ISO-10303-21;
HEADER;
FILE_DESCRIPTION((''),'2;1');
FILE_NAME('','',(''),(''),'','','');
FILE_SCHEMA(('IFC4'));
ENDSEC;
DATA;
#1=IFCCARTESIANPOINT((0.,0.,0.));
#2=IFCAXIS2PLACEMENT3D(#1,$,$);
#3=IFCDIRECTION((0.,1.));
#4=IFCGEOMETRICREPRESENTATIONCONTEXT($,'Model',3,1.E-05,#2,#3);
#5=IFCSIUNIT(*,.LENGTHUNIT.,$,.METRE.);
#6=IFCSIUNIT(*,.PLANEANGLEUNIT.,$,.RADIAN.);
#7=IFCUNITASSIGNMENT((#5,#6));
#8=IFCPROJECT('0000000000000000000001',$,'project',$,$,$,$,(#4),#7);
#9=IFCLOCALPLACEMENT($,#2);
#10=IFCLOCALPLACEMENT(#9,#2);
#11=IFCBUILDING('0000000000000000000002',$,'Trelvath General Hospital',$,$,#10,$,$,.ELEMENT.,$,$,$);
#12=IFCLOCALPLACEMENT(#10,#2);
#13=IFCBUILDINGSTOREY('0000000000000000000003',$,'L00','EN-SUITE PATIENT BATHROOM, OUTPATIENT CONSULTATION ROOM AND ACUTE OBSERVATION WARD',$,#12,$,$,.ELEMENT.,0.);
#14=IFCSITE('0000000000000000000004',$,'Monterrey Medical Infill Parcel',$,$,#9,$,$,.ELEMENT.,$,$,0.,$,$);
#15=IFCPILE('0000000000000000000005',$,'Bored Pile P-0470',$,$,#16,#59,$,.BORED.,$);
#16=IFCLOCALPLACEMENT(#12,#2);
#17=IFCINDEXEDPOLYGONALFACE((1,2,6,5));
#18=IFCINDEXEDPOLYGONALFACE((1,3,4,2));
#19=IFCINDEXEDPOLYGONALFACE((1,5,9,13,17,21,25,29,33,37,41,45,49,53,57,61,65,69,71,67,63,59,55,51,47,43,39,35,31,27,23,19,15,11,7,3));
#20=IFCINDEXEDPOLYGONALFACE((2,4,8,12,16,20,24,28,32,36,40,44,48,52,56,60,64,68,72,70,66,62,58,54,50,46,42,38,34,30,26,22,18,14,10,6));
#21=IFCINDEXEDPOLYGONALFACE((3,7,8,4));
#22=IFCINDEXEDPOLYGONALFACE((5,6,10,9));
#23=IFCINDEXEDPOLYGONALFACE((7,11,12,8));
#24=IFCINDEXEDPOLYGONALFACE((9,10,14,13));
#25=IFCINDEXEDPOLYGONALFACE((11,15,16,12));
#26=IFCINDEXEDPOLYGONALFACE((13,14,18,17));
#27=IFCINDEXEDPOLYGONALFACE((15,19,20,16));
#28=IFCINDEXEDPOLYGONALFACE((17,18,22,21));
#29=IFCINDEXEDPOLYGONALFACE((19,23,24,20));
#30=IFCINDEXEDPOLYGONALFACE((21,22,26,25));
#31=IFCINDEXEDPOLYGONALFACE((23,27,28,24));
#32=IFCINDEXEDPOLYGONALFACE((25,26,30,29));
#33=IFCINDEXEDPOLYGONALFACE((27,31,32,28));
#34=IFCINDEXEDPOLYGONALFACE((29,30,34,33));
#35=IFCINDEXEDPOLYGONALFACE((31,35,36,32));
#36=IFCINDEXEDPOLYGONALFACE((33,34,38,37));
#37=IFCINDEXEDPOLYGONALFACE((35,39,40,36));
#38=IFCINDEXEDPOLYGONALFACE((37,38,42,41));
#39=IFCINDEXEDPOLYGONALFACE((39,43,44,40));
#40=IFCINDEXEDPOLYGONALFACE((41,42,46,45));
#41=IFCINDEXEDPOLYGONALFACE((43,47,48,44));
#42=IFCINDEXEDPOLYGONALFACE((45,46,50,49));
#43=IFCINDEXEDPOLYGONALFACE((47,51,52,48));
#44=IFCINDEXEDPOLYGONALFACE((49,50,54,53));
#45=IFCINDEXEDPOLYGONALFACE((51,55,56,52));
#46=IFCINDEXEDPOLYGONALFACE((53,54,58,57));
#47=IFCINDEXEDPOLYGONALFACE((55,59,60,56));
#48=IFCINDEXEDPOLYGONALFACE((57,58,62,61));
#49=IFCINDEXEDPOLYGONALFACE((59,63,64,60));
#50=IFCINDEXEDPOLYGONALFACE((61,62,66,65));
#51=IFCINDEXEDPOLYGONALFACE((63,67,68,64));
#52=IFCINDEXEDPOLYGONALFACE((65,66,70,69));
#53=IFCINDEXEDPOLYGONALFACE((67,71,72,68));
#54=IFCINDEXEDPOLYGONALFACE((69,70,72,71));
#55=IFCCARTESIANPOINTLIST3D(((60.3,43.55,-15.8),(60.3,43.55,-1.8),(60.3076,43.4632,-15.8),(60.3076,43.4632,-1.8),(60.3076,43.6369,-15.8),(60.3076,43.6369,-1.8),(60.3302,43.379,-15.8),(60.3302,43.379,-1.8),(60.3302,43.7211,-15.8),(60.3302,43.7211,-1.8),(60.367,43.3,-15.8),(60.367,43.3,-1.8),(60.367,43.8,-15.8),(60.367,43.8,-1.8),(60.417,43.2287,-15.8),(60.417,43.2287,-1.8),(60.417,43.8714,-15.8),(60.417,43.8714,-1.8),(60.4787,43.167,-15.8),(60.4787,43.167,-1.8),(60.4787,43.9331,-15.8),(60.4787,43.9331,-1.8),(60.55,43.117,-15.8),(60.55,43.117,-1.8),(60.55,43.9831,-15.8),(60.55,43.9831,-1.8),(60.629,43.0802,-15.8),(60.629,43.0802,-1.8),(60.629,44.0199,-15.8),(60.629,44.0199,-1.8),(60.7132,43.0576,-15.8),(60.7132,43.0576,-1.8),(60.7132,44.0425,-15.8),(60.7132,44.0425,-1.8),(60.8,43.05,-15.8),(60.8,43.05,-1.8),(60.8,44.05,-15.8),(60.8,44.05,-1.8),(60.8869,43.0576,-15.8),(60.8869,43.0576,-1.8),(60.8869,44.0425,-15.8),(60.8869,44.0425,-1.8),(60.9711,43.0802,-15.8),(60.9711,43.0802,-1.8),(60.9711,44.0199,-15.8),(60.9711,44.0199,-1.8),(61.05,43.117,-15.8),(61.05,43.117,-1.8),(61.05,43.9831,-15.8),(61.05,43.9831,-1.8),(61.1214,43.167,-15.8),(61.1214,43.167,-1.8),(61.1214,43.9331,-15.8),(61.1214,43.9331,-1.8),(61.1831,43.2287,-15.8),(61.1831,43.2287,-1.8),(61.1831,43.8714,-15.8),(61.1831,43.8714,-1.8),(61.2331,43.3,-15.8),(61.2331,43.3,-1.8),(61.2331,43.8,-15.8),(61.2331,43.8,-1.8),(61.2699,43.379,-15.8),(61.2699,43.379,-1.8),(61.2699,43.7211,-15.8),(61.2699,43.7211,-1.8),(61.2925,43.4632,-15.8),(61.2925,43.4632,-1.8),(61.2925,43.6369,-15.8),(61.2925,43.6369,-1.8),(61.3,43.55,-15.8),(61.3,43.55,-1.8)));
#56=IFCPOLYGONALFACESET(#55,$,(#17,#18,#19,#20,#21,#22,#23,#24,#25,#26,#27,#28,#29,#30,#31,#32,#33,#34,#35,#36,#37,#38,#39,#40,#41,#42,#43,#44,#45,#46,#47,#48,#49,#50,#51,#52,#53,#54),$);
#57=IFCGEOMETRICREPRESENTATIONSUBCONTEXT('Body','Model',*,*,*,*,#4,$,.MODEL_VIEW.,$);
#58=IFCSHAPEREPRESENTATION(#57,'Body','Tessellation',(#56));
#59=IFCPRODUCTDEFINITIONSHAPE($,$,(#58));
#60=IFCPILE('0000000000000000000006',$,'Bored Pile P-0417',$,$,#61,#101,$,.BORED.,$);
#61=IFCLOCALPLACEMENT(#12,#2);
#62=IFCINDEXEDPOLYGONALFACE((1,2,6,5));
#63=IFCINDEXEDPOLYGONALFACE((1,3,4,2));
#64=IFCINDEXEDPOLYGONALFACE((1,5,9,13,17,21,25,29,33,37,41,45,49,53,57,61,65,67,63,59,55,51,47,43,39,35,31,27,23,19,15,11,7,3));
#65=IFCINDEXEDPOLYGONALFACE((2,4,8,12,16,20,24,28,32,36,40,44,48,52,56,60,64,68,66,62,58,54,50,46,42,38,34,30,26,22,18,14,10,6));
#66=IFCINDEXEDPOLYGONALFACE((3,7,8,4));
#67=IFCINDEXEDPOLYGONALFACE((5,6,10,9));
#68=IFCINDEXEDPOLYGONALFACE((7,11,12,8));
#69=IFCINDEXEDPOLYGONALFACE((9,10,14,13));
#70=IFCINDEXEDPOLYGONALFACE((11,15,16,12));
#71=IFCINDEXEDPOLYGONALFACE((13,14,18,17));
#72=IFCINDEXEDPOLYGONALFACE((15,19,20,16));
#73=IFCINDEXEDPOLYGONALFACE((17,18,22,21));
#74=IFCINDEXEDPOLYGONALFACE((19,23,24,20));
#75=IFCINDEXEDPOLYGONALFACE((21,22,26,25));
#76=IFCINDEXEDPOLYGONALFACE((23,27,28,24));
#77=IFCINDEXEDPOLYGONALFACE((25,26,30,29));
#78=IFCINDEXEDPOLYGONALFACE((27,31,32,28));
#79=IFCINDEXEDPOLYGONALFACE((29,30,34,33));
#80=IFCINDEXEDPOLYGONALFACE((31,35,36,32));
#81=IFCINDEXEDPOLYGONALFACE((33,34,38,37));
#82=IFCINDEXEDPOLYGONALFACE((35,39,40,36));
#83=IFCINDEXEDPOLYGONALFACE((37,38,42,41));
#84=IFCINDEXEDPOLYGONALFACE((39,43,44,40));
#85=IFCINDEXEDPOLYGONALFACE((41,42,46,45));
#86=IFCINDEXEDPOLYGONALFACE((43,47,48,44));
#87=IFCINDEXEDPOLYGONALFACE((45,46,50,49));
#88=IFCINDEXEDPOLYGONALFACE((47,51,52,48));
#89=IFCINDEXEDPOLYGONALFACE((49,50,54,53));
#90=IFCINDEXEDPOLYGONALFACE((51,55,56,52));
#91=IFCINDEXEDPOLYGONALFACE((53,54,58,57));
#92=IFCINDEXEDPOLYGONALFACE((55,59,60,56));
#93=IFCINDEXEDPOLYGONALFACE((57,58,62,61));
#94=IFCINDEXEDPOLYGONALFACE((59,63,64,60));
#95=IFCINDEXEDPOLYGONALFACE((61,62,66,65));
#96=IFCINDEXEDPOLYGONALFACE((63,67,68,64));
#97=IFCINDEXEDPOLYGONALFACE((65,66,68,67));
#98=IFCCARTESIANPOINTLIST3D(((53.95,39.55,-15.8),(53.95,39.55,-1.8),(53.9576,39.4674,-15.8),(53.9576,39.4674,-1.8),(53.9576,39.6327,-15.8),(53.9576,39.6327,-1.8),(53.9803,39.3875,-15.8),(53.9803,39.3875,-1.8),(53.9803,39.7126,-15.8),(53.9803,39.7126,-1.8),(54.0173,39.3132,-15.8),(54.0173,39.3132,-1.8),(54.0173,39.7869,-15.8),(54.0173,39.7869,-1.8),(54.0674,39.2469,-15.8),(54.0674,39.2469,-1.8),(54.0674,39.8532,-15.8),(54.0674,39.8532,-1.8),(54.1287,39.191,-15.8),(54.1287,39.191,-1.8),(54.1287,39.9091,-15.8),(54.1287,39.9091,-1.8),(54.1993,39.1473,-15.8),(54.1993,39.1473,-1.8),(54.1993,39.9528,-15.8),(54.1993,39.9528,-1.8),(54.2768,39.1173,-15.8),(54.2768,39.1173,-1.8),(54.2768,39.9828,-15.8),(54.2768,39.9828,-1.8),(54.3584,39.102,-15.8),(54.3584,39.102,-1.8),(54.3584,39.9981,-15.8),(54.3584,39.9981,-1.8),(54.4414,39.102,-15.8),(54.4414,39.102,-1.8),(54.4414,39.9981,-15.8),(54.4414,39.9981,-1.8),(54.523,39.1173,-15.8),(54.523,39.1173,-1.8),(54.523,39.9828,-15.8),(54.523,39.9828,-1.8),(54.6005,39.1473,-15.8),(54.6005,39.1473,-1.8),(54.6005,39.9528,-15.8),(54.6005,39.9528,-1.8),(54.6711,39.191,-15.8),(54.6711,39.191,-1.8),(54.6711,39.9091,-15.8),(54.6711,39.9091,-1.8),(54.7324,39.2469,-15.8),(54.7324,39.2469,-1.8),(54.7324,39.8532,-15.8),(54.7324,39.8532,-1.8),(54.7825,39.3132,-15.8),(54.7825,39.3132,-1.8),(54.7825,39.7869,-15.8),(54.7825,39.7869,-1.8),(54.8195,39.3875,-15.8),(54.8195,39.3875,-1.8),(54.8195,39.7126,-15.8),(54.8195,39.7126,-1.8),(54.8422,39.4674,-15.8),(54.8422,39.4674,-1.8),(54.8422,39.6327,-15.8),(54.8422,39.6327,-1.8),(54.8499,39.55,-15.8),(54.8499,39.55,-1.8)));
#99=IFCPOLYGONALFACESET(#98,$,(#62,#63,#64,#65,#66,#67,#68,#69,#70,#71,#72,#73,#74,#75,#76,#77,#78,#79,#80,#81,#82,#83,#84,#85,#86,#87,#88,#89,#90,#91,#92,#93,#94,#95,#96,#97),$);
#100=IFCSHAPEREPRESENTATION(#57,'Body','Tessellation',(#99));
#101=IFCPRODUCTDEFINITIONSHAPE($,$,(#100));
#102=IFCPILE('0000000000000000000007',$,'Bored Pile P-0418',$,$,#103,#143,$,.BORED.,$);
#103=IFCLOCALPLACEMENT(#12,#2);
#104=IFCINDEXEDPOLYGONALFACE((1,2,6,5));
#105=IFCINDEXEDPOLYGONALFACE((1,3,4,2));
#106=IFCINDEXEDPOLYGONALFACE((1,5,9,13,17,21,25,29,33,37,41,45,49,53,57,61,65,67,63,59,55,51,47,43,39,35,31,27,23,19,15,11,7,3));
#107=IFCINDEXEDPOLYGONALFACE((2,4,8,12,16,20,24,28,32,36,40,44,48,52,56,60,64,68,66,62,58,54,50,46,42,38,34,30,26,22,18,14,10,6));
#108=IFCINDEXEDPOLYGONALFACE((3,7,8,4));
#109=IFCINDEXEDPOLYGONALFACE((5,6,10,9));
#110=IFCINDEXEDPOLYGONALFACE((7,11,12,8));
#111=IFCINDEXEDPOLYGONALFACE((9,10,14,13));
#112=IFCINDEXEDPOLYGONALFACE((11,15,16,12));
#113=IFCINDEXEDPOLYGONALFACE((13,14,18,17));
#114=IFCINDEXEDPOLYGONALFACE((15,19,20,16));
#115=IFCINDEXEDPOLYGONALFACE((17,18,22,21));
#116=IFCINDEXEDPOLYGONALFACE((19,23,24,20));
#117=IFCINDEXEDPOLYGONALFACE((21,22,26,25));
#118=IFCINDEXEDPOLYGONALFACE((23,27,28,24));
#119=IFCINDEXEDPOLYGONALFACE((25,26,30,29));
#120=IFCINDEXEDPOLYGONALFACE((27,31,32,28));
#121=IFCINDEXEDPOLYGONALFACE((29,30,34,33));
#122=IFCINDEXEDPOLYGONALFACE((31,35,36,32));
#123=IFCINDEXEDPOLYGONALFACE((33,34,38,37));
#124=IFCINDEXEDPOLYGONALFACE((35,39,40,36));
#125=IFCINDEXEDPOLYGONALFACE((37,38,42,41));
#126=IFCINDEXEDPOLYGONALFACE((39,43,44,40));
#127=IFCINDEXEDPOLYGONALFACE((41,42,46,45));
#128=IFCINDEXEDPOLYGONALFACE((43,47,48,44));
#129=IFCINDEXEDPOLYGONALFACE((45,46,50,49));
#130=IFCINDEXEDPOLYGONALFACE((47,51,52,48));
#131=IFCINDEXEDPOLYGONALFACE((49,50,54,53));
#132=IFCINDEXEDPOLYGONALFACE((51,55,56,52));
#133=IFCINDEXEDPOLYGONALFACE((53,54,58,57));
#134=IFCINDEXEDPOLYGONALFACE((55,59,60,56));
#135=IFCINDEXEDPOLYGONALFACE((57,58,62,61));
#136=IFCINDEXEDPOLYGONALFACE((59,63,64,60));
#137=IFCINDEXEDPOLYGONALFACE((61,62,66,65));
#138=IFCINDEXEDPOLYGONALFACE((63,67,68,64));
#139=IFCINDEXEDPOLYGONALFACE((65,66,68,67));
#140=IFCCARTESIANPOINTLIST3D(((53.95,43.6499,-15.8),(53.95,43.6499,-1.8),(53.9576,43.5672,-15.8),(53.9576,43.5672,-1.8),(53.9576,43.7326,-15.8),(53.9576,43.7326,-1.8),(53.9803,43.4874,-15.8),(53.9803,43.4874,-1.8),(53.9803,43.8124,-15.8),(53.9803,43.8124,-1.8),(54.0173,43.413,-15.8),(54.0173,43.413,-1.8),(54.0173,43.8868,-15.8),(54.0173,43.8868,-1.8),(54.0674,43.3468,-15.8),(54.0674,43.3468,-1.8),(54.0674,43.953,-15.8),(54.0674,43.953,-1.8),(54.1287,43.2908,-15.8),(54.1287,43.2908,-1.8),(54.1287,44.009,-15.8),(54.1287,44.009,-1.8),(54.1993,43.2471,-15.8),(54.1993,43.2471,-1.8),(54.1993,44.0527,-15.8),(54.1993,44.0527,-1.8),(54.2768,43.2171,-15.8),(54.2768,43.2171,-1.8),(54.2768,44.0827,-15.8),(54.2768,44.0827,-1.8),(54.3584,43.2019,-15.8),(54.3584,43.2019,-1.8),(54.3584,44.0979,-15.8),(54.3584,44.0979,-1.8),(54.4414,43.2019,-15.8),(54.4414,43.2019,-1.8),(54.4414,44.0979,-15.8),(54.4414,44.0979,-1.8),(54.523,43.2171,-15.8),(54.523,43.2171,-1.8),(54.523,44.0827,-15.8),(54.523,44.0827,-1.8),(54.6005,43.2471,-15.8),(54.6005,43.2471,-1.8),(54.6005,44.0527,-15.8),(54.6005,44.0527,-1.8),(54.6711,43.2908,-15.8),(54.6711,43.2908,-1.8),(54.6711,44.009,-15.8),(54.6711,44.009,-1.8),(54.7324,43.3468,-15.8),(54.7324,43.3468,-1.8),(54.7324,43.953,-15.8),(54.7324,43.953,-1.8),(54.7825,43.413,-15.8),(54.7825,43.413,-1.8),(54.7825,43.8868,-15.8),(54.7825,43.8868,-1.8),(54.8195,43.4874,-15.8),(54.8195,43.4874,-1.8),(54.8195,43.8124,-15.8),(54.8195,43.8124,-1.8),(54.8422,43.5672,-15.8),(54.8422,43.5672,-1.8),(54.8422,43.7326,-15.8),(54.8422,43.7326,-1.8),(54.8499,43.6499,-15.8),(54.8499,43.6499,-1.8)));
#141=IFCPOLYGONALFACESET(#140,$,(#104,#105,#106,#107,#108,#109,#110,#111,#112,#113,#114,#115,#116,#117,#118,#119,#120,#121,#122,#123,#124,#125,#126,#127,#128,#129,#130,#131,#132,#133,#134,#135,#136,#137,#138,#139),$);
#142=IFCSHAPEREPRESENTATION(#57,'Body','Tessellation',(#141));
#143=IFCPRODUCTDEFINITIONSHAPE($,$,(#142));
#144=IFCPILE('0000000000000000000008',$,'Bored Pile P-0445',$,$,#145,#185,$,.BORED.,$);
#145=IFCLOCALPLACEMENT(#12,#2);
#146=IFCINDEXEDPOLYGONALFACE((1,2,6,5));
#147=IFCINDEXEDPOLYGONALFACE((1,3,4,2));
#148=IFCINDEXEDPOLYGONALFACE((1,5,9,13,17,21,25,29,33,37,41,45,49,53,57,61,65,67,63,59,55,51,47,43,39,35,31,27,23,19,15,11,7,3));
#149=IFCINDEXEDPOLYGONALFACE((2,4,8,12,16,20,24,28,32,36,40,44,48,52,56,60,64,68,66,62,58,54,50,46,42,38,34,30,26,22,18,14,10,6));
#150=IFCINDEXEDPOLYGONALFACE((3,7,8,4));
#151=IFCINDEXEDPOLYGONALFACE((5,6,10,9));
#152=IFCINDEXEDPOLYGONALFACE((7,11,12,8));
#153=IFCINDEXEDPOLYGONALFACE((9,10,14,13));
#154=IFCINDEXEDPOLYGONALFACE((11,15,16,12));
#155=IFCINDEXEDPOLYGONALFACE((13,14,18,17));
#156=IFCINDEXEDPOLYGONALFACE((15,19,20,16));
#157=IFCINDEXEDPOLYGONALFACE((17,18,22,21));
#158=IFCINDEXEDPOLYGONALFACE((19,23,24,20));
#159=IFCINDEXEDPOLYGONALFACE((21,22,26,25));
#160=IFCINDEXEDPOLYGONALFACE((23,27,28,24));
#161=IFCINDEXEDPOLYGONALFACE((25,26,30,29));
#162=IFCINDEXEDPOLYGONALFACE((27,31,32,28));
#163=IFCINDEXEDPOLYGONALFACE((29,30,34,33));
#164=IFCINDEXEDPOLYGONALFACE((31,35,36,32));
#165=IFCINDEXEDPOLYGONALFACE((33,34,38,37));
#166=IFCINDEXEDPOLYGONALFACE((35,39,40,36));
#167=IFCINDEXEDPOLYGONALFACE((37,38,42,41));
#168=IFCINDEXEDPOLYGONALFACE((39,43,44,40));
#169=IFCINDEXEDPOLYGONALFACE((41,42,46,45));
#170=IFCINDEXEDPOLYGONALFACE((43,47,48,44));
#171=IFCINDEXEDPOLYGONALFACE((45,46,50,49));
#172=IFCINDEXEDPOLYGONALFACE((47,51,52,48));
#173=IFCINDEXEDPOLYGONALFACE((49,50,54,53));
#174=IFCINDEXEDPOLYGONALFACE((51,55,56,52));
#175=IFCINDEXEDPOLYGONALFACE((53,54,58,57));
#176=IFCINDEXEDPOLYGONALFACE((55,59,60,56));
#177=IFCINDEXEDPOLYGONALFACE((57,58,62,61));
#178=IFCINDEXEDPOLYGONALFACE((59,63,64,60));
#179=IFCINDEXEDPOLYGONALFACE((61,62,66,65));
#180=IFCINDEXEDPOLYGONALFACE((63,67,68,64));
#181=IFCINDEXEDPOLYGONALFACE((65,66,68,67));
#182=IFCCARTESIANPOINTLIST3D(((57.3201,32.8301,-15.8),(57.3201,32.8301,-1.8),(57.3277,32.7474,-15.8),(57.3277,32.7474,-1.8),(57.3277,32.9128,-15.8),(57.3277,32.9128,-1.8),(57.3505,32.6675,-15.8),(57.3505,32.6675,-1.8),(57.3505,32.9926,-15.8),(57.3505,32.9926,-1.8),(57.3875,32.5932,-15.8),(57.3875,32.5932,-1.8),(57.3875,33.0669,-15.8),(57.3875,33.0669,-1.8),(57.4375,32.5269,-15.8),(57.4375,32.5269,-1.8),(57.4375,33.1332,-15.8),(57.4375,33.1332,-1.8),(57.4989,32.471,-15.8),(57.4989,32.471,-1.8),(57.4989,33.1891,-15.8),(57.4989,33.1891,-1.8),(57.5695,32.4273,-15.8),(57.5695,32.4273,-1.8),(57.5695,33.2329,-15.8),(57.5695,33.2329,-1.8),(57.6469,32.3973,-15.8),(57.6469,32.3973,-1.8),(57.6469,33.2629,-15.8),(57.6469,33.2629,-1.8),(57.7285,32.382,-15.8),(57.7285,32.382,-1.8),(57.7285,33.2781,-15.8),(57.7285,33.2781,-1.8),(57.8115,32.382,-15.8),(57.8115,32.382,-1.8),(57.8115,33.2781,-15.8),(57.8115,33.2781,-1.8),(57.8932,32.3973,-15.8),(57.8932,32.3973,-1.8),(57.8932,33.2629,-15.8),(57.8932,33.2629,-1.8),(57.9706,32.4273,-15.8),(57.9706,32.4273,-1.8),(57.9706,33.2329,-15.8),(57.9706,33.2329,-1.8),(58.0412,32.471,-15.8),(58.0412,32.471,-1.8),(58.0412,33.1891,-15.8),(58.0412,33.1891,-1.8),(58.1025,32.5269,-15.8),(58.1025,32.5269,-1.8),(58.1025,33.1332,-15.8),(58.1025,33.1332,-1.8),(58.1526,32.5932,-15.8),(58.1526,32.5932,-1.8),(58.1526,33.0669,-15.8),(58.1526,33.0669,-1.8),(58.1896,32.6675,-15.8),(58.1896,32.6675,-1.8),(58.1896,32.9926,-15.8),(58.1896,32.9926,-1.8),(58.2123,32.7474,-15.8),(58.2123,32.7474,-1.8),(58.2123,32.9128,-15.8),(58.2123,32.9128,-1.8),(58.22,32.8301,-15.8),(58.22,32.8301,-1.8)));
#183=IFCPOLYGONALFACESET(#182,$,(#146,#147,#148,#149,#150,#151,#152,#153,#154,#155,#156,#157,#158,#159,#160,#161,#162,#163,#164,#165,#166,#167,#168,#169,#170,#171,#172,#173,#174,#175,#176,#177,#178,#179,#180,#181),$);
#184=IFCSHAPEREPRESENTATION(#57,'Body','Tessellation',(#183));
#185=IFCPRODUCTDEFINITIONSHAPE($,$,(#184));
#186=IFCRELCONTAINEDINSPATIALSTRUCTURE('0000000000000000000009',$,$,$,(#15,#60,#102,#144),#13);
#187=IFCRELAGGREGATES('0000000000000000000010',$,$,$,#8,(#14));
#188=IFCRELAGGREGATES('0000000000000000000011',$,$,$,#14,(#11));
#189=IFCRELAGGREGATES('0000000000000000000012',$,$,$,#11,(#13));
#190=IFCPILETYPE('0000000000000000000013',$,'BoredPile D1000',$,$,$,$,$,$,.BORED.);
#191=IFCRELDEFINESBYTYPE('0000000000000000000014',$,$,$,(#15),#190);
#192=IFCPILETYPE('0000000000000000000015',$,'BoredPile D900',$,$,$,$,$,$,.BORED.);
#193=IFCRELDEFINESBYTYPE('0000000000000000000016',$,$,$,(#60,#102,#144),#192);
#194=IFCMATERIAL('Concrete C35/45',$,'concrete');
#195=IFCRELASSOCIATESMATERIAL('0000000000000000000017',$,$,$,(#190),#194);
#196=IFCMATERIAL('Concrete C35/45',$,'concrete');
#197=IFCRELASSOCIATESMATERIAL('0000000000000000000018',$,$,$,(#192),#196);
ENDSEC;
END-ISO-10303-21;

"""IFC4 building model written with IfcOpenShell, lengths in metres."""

from ifc_helpers import new_model, si_unit, direction, frame, origin, origin_2d, place, context, subcontext, project, spatial, circle, extrude, material, material_profile, profile_set, type_object, element, save


model = new_model("IFC4")

# Units and contexts
model_context = context("Model", 3, precision=1e-05, world=origin(), true_north=direction((0.0, 1.0)))
body_context = subcontext(model_context, "Body", "Model", "MODEL_VIEW")
ifc_project = project(units=[si_unit("LENGTHUNIT", "METRE"), si_unit("PLANEANGLEUNIT", "RADIAN")], contexts=[model_context])

# Site, building, storey
site_placement = place(None, origin())
site = spatial("IfcSite", under=ifc_project, at=site_placement, Name="Monterrey Medical Infill Parcel", CompositionType="ELEMENT", RefElevation=0.0)
building_placement = place(site_placement, origin())
building = spatial("IfcBuilding", under=site, at=building_placement, Name="Trelvath General Hospital", CompositionType="ELEMENT")
storey_placement = place(building_placement, origin())
storey = spatial("IfcBuildingStorey", under=building, at=storey_placement, Name="L00", Description="EN-SUITE PATIENT BATHROOM, OUTPATIENT CONSULTATION ROOM AND ACUTE OBSERVATION WARD", CompositionType="ELEMENT", Elevation=0.0)

# Piles
ifc_material_1 = material(Name="Concrete C35/45", Category="concrete")
ifc_material_profile_1 = material_profile(ifc_material_1, circle(Radius=0.5, at=origin_2d()), Name="PILE1000")
ifc_profile_set_1 = profile_set([ifc_material_profile_1], Name="Concrete C35/45")
pile_type_1 = type_object("IfcPileType", Name="BoredPile D1000", PredefinedType="BORED", material=ifc_profile_set_1)
pile_placement = place(storey_placement, frame((60.8, 43.55, -1.8), z_axis=(0.0, 0.0, -1.0), x_axis=(1.0, 0.0, 0.0)))
element("IfcPile", 1, at=pile_placement, inside=storey, type_object=pile_type_1, Name="Bored Pile P-0470", PredefinedType="BORED", context=body_context, shape_type="SweptSolid", body=[
    extrude(circle(Radius=0.5, at=origin_2d()), origin(), (0.0, 0.0, 1.0), 14.0),
])
ifc_material_2 = material(Name="Concrete C35/45", Category="concrete")
ifc_material_profile_2 = material_profile(ifc_material_2, circle(Radius=0.45, at=origin_2d()), Name="PILE900")
ifc_profile_set_2 = profile_set([ifc_material_profile_2], Name="Concrete C35/45")
pile_type_2 = type_object("IfcPileType", Name="BoredPile D900", PredefinedType="BORED", material=ifc_profile_set_2)
for number, where, z_axis, x_axis, name in (
    (2, (54.3999, 39.55, -1.8), (0.0, 0.0, -1.0), (1.0, 0.0, 0.0), "Bored Pile P-0417"),
    (3, (54.3999, 43.6499, -1.8), (0.0, 0.0, -1.0), (1.0, 0.0, 0.0), "Bored Pile P-0418"),
    (4, (57.77, 32.8301, -1.8), (0.0, 0.0, -1.0), (1.0, 0.0, 0.0), "Bored Pile P-0445"),
):
    element("IfcPile", number, at=place(storey_placement, frame(where, z_axis=z_axis, x_axis=x_axis)), inside=storey, type_object=pile_type_2, Name=name, PredefinedType="BORED", context=body_context, shape_type="SweptSolid", body=[
        extrude(circle(Radius=0.45, at=origin_2d()), origin(), (0.0, 0.0, 1.0), 14.0),
    ])

save(model, "model.ifc")
